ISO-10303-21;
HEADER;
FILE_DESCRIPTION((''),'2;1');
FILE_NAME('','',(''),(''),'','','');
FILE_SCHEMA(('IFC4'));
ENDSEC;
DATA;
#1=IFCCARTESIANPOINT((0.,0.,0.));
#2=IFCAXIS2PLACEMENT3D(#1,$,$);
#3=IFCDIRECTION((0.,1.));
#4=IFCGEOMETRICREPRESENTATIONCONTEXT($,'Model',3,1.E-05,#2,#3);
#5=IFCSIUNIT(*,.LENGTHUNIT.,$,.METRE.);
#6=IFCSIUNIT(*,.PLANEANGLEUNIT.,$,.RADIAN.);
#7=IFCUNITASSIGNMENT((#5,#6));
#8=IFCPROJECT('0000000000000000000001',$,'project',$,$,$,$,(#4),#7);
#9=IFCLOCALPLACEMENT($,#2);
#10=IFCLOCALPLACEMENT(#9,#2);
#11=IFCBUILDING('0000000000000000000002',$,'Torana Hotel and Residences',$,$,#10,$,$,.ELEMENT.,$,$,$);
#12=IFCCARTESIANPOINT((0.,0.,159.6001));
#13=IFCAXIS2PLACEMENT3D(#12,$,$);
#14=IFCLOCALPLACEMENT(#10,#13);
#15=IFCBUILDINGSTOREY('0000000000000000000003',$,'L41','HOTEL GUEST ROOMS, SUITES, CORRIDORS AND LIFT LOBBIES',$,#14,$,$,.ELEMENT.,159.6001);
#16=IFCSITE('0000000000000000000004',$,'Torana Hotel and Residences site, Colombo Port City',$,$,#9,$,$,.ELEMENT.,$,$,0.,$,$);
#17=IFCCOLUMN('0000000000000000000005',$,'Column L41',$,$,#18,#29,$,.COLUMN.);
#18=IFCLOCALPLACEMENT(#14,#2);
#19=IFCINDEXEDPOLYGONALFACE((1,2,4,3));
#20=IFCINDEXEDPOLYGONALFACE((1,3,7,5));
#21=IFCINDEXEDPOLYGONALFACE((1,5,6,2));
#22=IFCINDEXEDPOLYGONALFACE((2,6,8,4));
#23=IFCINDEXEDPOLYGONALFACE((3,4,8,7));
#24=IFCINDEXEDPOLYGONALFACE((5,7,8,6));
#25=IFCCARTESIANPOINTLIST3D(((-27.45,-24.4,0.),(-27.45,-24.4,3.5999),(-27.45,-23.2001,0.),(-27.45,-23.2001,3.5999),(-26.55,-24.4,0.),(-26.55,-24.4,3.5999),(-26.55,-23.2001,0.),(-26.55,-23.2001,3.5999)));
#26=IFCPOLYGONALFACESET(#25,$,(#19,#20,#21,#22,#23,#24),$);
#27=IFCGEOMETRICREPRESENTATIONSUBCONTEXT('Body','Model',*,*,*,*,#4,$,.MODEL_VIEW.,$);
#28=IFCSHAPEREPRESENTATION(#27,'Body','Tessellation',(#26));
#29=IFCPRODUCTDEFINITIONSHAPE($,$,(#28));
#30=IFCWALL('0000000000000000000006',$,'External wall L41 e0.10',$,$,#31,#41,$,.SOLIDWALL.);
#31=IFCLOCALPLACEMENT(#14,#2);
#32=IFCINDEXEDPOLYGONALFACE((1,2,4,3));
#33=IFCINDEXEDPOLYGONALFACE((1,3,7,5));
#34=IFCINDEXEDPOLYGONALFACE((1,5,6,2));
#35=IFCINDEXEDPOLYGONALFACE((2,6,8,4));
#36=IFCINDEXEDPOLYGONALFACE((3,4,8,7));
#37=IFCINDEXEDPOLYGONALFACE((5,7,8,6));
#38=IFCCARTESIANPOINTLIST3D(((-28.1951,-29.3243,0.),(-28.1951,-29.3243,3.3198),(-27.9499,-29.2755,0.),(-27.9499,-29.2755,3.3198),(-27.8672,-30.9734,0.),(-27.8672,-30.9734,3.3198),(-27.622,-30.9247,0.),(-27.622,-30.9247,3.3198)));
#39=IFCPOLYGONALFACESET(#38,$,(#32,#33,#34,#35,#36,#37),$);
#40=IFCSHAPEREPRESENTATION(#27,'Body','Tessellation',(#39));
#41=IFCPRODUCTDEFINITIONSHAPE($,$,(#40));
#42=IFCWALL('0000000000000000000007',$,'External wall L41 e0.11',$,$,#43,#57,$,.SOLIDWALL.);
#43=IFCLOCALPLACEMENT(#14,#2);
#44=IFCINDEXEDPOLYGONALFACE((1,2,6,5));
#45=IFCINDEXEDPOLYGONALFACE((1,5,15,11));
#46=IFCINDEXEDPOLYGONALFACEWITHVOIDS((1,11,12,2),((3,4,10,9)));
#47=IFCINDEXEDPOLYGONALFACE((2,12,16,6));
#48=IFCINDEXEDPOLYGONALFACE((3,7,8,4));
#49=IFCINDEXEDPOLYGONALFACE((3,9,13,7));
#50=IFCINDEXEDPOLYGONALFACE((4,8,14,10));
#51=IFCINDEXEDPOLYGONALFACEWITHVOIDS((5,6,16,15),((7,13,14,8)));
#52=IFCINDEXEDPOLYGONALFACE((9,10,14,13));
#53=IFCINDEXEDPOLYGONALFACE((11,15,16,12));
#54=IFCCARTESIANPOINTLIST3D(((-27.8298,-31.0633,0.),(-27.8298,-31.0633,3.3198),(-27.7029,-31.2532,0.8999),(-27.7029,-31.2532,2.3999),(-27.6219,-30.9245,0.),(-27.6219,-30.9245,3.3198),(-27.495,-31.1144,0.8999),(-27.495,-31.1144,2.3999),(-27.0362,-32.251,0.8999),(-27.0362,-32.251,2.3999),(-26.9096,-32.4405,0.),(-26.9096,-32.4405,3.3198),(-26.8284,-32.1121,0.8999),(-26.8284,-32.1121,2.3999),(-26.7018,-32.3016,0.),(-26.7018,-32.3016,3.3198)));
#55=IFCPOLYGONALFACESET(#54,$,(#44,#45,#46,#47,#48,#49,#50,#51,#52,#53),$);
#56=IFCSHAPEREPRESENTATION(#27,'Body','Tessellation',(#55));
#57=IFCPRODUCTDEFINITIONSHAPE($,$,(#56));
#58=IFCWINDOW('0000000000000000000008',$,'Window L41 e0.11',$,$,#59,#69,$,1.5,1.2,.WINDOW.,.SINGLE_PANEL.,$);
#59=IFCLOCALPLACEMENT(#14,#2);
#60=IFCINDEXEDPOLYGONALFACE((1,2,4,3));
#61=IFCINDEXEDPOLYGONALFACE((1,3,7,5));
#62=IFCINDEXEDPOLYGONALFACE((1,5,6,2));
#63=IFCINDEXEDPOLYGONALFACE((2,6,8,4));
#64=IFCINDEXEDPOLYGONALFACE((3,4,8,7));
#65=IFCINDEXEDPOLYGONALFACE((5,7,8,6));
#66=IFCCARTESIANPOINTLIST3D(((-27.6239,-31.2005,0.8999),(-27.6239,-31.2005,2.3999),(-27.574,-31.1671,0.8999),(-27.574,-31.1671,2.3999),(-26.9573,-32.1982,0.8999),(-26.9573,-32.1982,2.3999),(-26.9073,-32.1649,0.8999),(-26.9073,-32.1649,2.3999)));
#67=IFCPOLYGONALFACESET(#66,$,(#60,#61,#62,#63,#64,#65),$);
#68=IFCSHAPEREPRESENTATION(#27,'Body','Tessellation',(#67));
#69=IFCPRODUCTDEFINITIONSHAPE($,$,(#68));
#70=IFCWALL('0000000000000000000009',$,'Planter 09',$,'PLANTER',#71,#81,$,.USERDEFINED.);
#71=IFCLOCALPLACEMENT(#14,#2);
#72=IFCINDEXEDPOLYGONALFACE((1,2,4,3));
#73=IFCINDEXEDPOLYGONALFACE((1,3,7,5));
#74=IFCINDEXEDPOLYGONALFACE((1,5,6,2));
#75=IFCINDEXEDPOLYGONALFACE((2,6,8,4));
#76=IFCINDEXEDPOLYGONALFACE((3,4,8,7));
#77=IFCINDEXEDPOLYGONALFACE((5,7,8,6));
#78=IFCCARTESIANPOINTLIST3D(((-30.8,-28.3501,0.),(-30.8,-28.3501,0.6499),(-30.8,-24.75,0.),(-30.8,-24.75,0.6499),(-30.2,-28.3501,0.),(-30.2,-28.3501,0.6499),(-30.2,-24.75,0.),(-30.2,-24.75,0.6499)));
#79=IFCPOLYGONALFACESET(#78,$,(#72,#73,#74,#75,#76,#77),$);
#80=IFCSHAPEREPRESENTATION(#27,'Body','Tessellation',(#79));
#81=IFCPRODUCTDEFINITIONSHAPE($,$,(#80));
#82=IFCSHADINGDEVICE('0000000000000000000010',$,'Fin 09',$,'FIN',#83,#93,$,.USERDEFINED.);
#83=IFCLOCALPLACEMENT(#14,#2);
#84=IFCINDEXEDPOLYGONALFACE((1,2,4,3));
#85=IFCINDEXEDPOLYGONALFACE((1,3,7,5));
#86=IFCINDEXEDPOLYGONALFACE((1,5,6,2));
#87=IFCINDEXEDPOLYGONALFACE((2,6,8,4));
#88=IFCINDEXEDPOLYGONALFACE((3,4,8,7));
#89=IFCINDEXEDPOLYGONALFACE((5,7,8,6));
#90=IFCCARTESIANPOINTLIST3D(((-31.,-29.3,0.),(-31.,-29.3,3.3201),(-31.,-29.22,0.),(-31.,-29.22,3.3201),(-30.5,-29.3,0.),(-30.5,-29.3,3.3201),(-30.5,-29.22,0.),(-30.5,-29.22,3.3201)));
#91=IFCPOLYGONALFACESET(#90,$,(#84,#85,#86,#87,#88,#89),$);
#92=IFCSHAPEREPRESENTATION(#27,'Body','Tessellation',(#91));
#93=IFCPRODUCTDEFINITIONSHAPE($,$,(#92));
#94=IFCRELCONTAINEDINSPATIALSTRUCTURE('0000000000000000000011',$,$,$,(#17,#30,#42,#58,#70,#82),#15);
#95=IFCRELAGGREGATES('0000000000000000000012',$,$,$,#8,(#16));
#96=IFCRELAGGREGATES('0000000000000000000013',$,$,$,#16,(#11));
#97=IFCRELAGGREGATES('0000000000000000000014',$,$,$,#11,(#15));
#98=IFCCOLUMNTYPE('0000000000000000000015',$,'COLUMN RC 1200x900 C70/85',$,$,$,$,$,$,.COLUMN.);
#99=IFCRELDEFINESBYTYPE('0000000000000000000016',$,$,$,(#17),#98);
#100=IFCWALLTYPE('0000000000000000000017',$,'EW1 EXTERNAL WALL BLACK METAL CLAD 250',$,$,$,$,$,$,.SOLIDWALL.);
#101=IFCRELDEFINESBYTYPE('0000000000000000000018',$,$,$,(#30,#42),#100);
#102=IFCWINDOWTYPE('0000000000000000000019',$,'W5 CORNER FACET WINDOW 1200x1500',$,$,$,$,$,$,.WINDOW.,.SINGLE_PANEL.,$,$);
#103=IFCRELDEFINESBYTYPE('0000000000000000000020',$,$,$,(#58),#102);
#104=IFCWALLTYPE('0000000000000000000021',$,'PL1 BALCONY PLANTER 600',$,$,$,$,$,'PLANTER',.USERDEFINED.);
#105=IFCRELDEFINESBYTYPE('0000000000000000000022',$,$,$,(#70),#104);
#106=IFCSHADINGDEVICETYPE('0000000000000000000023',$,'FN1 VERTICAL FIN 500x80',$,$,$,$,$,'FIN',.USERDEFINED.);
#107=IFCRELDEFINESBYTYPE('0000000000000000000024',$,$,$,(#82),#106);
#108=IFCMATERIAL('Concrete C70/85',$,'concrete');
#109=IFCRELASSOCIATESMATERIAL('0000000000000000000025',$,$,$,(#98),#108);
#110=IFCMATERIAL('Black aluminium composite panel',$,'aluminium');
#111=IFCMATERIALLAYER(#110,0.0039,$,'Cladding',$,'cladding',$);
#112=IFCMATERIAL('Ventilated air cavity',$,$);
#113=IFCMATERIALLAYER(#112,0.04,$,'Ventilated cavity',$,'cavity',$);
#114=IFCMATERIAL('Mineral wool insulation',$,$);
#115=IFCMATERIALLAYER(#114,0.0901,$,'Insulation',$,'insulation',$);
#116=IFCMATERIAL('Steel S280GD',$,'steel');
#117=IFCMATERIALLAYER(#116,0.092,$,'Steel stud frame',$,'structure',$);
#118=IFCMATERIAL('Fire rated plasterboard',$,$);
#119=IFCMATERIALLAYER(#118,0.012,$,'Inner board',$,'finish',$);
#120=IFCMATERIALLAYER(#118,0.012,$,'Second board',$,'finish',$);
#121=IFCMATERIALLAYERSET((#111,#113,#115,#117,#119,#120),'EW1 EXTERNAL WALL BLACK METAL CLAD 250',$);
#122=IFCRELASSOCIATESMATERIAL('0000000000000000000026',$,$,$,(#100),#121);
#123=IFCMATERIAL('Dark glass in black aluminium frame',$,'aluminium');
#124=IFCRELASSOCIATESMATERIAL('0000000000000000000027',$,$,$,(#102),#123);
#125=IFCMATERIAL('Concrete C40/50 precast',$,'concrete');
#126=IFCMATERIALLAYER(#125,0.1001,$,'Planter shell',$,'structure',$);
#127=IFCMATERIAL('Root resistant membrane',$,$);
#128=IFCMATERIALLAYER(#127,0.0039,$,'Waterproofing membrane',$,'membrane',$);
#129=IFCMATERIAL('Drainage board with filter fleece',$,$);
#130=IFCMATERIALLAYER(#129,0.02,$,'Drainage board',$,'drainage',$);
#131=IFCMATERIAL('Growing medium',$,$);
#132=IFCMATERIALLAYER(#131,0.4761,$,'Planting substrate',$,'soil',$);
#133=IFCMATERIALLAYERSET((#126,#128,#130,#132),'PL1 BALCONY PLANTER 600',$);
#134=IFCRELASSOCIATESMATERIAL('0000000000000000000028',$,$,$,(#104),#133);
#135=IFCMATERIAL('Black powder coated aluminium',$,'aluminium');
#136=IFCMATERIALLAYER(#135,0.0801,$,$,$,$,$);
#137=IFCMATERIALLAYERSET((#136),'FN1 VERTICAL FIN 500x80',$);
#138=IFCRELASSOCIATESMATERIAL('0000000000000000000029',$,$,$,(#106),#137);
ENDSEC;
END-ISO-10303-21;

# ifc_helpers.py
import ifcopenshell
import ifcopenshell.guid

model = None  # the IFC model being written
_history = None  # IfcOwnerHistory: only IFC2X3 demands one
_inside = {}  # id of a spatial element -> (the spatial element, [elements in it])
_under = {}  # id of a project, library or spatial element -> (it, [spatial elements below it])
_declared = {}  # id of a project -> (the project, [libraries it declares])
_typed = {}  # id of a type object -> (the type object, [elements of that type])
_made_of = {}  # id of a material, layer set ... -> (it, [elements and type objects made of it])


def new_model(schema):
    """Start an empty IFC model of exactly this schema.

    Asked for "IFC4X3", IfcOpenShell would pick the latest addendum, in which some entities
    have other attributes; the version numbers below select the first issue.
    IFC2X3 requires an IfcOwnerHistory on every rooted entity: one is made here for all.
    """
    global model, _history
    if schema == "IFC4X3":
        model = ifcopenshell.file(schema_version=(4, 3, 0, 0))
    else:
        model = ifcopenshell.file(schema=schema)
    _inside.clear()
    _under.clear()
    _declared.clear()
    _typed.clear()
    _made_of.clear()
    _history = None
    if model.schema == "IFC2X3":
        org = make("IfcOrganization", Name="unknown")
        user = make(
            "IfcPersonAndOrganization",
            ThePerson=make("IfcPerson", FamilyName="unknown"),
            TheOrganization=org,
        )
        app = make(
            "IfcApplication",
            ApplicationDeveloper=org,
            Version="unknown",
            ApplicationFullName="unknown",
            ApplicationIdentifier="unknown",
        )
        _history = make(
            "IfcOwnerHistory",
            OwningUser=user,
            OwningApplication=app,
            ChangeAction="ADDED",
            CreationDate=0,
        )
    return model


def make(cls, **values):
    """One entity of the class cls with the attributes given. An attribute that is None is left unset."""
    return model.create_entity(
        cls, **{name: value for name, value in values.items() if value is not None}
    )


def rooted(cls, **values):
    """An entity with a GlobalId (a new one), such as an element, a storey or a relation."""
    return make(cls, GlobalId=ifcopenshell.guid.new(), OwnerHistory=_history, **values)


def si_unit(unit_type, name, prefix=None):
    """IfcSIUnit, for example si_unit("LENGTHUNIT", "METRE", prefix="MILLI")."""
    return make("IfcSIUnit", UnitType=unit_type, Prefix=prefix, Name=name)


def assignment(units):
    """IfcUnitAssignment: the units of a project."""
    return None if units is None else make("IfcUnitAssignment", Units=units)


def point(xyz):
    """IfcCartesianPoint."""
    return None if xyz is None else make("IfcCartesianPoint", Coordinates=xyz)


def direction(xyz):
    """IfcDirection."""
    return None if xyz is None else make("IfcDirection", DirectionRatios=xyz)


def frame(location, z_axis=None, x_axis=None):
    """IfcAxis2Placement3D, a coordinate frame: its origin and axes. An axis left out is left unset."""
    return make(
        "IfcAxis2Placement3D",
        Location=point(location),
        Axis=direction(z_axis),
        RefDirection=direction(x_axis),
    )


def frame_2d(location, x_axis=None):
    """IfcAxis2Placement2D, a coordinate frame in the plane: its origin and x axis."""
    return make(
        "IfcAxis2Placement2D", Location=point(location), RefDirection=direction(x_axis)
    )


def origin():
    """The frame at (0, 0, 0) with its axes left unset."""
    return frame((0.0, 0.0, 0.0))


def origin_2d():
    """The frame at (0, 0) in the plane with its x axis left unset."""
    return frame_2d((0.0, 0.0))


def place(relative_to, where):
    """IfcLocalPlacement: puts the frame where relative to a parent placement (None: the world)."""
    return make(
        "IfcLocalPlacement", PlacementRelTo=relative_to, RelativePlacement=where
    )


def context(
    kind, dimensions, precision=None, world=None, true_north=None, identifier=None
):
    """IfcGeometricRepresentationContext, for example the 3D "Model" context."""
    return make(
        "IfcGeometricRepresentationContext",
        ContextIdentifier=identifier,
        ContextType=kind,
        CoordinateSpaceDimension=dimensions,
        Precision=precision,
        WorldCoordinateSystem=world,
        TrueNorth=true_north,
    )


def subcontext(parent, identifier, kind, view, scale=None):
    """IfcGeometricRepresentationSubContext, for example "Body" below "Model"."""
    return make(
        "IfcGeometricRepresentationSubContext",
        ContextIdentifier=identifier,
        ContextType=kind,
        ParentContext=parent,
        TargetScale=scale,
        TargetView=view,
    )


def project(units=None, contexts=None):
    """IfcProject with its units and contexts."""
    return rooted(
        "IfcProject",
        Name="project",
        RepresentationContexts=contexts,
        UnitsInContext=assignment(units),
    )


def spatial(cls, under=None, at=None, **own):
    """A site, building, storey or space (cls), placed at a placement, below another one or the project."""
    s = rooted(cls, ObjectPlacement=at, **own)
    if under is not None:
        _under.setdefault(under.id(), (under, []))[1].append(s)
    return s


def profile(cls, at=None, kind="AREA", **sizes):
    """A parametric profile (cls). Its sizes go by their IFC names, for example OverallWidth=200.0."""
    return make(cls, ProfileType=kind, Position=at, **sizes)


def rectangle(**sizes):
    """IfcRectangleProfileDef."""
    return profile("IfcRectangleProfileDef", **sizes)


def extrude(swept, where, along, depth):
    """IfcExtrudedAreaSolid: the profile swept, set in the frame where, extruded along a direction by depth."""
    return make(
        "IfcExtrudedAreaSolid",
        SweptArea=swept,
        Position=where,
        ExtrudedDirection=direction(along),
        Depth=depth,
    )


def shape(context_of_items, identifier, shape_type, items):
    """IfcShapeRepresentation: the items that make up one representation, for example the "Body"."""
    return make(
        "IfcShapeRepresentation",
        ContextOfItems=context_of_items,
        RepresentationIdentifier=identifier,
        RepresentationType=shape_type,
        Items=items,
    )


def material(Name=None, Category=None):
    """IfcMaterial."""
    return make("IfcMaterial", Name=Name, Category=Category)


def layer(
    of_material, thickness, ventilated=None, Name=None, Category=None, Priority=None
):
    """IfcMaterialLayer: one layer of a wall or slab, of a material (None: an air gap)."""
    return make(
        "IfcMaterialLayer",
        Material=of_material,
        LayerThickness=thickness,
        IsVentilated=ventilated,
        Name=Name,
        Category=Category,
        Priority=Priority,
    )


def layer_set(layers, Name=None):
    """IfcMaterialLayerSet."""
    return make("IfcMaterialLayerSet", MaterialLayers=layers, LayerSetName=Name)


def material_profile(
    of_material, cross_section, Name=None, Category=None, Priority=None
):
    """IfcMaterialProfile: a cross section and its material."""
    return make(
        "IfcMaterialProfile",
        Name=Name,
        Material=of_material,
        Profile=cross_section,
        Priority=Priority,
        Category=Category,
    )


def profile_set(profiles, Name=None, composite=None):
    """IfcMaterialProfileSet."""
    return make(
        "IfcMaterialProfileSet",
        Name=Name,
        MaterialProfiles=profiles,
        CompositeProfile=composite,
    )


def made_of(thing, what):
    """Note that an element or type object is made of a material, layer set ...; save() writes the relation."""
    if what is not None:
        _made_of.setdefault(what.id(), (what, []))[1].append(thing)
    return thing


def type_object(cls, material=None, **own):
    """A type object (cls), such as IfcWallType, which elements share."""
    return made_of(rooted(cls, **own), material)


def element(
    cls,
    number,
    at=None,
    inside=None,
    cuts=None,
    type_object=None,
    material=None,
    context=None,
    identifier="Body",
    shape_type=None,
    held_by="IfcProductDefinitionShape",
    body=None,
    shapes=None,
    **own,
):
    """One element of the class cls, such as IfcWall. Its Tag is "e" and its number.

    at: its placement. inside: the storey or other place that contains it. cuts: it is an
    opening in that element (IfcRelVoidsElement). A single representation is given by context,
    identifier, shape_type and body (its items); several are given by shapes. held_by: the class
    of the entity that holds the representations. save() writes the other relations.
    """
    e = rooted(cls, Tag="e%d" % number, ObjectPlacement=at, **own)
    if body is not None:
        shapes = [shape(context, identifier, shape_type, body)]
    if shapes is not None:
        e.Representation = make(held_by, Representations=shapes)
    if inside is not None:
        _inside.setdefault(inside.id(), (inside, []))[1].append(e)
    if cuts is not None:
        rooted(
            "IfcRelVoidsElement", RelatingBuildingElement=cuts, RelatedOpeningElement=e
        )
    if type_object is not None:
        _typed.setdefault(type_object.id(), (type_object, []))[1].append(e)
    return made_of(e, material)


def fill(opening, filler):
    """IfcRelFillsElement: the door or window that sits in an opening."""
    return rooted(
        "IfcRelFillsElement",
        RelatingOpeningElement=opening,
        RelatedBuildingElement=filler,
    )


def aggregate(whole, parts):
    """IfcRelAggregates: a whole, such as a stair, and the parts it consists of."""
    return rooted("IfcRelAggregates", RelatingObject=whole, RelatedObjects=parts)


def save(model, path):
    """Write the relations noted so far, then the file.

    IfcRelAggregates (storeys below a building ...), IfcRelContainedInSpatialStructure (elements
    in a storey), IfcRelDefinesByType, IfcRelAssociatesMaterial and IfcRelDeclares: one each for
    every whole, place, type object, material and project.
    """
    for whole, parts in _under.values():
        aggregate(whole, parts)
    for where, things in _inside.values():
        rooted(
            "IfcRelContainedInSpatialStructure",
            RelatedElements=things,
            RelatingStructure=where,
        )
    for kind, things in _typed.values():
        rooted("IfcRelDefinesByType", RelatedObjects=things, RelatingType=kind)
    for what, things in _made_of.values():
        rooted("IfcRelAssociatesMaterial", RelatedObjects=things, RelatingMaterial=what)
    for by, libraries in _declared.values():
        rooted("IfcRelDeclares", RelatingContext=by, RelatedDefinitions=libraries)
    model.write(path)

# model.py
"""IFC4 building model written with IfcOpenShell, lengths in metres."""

from ifc_helpers import new_model, si_unit, direction, frame, frame_2d, origin, origin_2d, place, context, subcontext, project, spatial, rectangle, extrude, material, layer, layer_set, material_profile, profile_set, type_object, element, fill, save


model = new_model("IFC4")

# Units and contexts
model_context = context("Model", 3, precision=1e-05, world=origin(), true_north=direction((0.0, 1.0)))
body_context = subcontext(model_context, "Body", "Model", "MODEL_VIEW")
ifc_project = project(units=[si_unit("LENGTHUNIT", "METRE"), si_unit("PLANEANGLEUNIT", "RADIAN")], contexts=[model_context])

# Site, building, storey
site_placement = place(None, origin())
site = spatial("IfcSite", under=ifc_project, at=site_placement, Name="Torana Hotel and Residences site, Colombo Port City", CompositionType="ELEMENT", RefElevation=0.0)
building_placement = place(site_placement, origin())
building = spatial("IfcBuilding", under=site, at=building_placement, Name="Torana Hotel and Residences", CompositionType="ELEMENT")
storey_placement = place(building_placement, frame((0.0, 0.0, 159.6001)))
storey = spatial("IfcBuildingStorey", under=building, at=storey_placement, Name="L41", Description="HOTEL GUEST ROOMS, SUITES, CORRIDORS AND LIFT LOBBIES", CompositionType="ELEMENT", Elevation=159.6001)

# Column
ifc_material_1 = material(Name="Concrete C70/85", Category="concrete")
ifc_material_profile = material_profile(ifc_material_1, rectangle(XDim=1.2, YDim=0.8999, at=origin_2d()), Name="RC 1200x900")
ifc_profile_set = profile_set([ifc_material_profile], Name="Concrete C70/85")
column_type = type_object("IfcColumnType", Name="COLUMN RC 1200x900 C70/85", PredefinedType="COLUMN", material=ifc_profile_set)
column_placement = place(storey_placement, frame((-27.0, -23.8, 0.0), z_axis=(0.0, 0.0, 1.0), x_axis=(0.0, 1.0, 0.0)))
element("IfcColumn", 1, at=column_placement, inside=storey, type_object=column_type, Name="Column L41", PredefinedType="COLUMN", context=body_context, shape_type="SweptSolid", body=[
    extrude(rectangle(XDim=1.2, YDim=0.8999, at=origin_2d()), origin(), (0.0, 0.0, 1.0), 3.5999),
])

# Wall
ifc_material_2 = material(Name="Black aluminium composite panel", Category="aluminium")
ifc_layer_1 = layer(ifc_material_2, 0.0039, Name="Cladding", Category="cladding")
ifc_material_3 = material(Name="Ventilated air cavity")
ifc_layer_2 = layer(ifc_material_3, 0.04, Name="Ventilated cavity", Category="cavity")
ifc_material_4 = material(Name="Mineral wool insulation")
ifc_layer_3 = layer(ifc_material_4, 0.0901, Name="Insulation", Category="insulation")
ifc_material_5 = material(Name="Steel S280GD", Category="steel")
ifc_layer_4 = layer(ifc_material_5, 0.092, Name="Steel stud frame", Category="structure")
ifc_material_6 = material(Name="Fire rated plasterboard")
ifc_layer_5 = layer(ifc_material_6, 0.012, Name="Inner board", Category="finish")
ifc_layer_6 = layer(ifc_material_6, 0.012, Name="Second board", Category="finish")
ifc_layer_set_1 = layer_set([ifc_layer_1, ifc_layer_2, ifc_layer_3, ifc_layer_4, ifc_layer_5, ifc_layer_6], Name="EW1 EXTERNAL WALL BLACK METAL CLAD 250")
wall_type_1 = type_object("IfcWallType", Name="EW1 EXTERNAL WALL BLACK METAL CLAD 250", PredefinedType="SOLIDWALL", material=ifc_layer_set_1)
wall_1_placement = place(storey_placement, frame((-28.0725, -29.2998, 0.0), z_axis=(0.0, 0.0, 1.0), x_axis=(0.194999, -0.980803, 0.0)))
element("IfcWall", 2, at=wall_1_placement, inside=storey, type_object=wall_type_1, Name="External wall L41 e0.10", PredefinedType="SOLIDWALL", context=body_context, shape_type="SweptSolid", body=[
    extrude(rectangle(XDim=1.6814, YDim=0.25, at=frame_2d((0.8408, 0.0))), origin(), (0.0, 0.0, 1.0), 3.3198),
])

# Wall, opening, window
wall_2_placement = place(storey_placement, frame((-27.7258, -30.9939, 0.0), z_axis=(0.0, 0.0, 1.0), x_axis=(0.55555, -0.831483, 0.0)))
wall_2 = element("IfcWall", 3, at=wall_2_placement, inside=storey, type_object=wall_type_1, Name="External wall L41 e0.11", PredefinedType="SOLIDWALL", context=body_context, shape_type="SweptSolid", body=[
    extrude(rectangle(XDim=1.6562, YDim=0.25, at=frame_2d((0.8281, 0.0))), origin(), (0.0, 0.0, 1.0), 3.3198),
])
opening_placement = place(wall_2_placement, frame((0.2283, 0.0, 0.8999)))
opening = element("IfcOpeningElement", 4, at=opening_placement, cuts=wall_2, PredefinedType="OPENING", context=body_context, shape_type="SweptSolid", body=[
    extrude(rectangle(XDim=1.2, YDim=1.5, at=frame_2d((0.6001, 0.75))), frame((0.0, 0.135, 0.0), z_axis=(0.0, -1.0, 0.0), x_axis=(1.0, 0.0, 0.0)), (0.0, 0.0, 1.0), 0.27),
])
ifc_material_7 = material(Name="Dark glass in black aluminium frame", Category="aluminium")
window_type = type_object("IfcWindowType", Name="W5 CORNER FACET WINDOW 1200x1500", PartitioningType="SINGLE_PANEL", PredefinedType="WINDOW", material=ifc_material_7)
window_placement = place(opening_placement, origin())
window = element("IfcWindow", 5, at=window_placement, inside=storey, type_object=window_type, Name="Window L41 e0.11", OverallHeight=1.5, OverallWidth=1.2, PartitioningType="SINGLE_PANEL", PredefinedType="WINDOW", context=body_context, shape_type="SweptSolid", body=[
    extrude(rectangle(XDim=1.2, YDim=1.5, at=frame_2d((0.6001, 0.75))), frame((0.0, 0.03, 0.0), z_axis=(0.0, -1.0, 0.0), x_axis=(1.0, 0.0, 0.0)), (0.0, 0.0, 1.0), 0.0601),
])
fill(opening, window)

# Wall
ifc_material_8 = material(Name="Concrete C40/50 precast", Category="concrete")
ifc_layer_7 = layer(ifc_material_8, 0.1001, Name="Planter shell", Category="structure")
ifc_material_9 = material(Name="Root resistant membrane")
ifc_layer_8 = layer(ifc_material_9, 0.0039, Name="Waterproofing membrane", Category="membrane")
ifc_material_10 = material(Name="Drainage board with filter fleece")
ifc_layer_9 = layer(ifc_material_10, 0.02, Name="Drainage board", Category="drainage")
ifc_material_11 = material(Name="Growing medium")
ifc_layer_10 = layer(ifc_material_11, 0.4761, Name="Planting substrate", Category="soil")
ifc_layer_set_2 = layer_set([ifc_layer_7, ifc_layer_8, ifc_layer_9, ifc_layer_10], Name="PL1 BALCONY PLANTER 600")
wall_type_2 = type_object("IfcWallType", Name="PL1 BALCONY PLANTER 600", ElementType="PLANTER", PredefinedType="USERDEFINED", material=ifc_layer_set_2)
wall_3_placement = place(storey_placement, frame((-30.5, -28.3501, 0.0), z_axis=(0.0, 0.0, 1.0), x_axis=(0.0, 1.0, 0.0)))
element("IfcWall", 6, at=wall_3_placement, inside=storey, type_object=wall_type_2, Name="Planter 09", ObjectType="PLANTER", PredefinedType="USERDEFINED", context=body_context, shape_type="SweptSolid", body=[
    extrude(rectangle(XDim=3.6001, YDim=0.6001, at=frame_2d((1.8, 0.0))), origin(), (0.0, 0.0, 1.0), 0.6499),
])

# Shading device
ifc_material_12 = material(Name="Black powder coated aluminium", Category="aluminium")
ifc_layer_11 = layer(ifc_material_12, 0.0801)
ifc_layer_set_3 = layer_set([ifc_layer_11], Name="FN1 VERTICAL FIN 500x80")
shading_device_type = type_object("IfcShadingDeviceType", Name="FN1 VERTICAL FIN 500x80", ElementType="FIN", PredefinedType="USERDEFINED", material=ifc_layer_set_3)
shading_device_placement = place(storey_placement, frame((-30.75, -29.26, 0.0), z_axis=(0.0, 0.0, 1.0), x_axis=(0.0, 1.0, 0.0)))
element("IfcShadingDevice", 7, at=shading_device_placement, inside=storey, type_object=shading_device_type, Name="Fin 09", ObjectType="FIN", PredefinedType="USERDEFINED", context=body_context, shape_type="SweptSolid", body=[
    extrude(rectangle(XDim=0.0801, YDim=0.5, at=origin_2d()), origin(), (0.0, 0.0, 1.0), 3.3201),
])

save(model, "model.ifc")
